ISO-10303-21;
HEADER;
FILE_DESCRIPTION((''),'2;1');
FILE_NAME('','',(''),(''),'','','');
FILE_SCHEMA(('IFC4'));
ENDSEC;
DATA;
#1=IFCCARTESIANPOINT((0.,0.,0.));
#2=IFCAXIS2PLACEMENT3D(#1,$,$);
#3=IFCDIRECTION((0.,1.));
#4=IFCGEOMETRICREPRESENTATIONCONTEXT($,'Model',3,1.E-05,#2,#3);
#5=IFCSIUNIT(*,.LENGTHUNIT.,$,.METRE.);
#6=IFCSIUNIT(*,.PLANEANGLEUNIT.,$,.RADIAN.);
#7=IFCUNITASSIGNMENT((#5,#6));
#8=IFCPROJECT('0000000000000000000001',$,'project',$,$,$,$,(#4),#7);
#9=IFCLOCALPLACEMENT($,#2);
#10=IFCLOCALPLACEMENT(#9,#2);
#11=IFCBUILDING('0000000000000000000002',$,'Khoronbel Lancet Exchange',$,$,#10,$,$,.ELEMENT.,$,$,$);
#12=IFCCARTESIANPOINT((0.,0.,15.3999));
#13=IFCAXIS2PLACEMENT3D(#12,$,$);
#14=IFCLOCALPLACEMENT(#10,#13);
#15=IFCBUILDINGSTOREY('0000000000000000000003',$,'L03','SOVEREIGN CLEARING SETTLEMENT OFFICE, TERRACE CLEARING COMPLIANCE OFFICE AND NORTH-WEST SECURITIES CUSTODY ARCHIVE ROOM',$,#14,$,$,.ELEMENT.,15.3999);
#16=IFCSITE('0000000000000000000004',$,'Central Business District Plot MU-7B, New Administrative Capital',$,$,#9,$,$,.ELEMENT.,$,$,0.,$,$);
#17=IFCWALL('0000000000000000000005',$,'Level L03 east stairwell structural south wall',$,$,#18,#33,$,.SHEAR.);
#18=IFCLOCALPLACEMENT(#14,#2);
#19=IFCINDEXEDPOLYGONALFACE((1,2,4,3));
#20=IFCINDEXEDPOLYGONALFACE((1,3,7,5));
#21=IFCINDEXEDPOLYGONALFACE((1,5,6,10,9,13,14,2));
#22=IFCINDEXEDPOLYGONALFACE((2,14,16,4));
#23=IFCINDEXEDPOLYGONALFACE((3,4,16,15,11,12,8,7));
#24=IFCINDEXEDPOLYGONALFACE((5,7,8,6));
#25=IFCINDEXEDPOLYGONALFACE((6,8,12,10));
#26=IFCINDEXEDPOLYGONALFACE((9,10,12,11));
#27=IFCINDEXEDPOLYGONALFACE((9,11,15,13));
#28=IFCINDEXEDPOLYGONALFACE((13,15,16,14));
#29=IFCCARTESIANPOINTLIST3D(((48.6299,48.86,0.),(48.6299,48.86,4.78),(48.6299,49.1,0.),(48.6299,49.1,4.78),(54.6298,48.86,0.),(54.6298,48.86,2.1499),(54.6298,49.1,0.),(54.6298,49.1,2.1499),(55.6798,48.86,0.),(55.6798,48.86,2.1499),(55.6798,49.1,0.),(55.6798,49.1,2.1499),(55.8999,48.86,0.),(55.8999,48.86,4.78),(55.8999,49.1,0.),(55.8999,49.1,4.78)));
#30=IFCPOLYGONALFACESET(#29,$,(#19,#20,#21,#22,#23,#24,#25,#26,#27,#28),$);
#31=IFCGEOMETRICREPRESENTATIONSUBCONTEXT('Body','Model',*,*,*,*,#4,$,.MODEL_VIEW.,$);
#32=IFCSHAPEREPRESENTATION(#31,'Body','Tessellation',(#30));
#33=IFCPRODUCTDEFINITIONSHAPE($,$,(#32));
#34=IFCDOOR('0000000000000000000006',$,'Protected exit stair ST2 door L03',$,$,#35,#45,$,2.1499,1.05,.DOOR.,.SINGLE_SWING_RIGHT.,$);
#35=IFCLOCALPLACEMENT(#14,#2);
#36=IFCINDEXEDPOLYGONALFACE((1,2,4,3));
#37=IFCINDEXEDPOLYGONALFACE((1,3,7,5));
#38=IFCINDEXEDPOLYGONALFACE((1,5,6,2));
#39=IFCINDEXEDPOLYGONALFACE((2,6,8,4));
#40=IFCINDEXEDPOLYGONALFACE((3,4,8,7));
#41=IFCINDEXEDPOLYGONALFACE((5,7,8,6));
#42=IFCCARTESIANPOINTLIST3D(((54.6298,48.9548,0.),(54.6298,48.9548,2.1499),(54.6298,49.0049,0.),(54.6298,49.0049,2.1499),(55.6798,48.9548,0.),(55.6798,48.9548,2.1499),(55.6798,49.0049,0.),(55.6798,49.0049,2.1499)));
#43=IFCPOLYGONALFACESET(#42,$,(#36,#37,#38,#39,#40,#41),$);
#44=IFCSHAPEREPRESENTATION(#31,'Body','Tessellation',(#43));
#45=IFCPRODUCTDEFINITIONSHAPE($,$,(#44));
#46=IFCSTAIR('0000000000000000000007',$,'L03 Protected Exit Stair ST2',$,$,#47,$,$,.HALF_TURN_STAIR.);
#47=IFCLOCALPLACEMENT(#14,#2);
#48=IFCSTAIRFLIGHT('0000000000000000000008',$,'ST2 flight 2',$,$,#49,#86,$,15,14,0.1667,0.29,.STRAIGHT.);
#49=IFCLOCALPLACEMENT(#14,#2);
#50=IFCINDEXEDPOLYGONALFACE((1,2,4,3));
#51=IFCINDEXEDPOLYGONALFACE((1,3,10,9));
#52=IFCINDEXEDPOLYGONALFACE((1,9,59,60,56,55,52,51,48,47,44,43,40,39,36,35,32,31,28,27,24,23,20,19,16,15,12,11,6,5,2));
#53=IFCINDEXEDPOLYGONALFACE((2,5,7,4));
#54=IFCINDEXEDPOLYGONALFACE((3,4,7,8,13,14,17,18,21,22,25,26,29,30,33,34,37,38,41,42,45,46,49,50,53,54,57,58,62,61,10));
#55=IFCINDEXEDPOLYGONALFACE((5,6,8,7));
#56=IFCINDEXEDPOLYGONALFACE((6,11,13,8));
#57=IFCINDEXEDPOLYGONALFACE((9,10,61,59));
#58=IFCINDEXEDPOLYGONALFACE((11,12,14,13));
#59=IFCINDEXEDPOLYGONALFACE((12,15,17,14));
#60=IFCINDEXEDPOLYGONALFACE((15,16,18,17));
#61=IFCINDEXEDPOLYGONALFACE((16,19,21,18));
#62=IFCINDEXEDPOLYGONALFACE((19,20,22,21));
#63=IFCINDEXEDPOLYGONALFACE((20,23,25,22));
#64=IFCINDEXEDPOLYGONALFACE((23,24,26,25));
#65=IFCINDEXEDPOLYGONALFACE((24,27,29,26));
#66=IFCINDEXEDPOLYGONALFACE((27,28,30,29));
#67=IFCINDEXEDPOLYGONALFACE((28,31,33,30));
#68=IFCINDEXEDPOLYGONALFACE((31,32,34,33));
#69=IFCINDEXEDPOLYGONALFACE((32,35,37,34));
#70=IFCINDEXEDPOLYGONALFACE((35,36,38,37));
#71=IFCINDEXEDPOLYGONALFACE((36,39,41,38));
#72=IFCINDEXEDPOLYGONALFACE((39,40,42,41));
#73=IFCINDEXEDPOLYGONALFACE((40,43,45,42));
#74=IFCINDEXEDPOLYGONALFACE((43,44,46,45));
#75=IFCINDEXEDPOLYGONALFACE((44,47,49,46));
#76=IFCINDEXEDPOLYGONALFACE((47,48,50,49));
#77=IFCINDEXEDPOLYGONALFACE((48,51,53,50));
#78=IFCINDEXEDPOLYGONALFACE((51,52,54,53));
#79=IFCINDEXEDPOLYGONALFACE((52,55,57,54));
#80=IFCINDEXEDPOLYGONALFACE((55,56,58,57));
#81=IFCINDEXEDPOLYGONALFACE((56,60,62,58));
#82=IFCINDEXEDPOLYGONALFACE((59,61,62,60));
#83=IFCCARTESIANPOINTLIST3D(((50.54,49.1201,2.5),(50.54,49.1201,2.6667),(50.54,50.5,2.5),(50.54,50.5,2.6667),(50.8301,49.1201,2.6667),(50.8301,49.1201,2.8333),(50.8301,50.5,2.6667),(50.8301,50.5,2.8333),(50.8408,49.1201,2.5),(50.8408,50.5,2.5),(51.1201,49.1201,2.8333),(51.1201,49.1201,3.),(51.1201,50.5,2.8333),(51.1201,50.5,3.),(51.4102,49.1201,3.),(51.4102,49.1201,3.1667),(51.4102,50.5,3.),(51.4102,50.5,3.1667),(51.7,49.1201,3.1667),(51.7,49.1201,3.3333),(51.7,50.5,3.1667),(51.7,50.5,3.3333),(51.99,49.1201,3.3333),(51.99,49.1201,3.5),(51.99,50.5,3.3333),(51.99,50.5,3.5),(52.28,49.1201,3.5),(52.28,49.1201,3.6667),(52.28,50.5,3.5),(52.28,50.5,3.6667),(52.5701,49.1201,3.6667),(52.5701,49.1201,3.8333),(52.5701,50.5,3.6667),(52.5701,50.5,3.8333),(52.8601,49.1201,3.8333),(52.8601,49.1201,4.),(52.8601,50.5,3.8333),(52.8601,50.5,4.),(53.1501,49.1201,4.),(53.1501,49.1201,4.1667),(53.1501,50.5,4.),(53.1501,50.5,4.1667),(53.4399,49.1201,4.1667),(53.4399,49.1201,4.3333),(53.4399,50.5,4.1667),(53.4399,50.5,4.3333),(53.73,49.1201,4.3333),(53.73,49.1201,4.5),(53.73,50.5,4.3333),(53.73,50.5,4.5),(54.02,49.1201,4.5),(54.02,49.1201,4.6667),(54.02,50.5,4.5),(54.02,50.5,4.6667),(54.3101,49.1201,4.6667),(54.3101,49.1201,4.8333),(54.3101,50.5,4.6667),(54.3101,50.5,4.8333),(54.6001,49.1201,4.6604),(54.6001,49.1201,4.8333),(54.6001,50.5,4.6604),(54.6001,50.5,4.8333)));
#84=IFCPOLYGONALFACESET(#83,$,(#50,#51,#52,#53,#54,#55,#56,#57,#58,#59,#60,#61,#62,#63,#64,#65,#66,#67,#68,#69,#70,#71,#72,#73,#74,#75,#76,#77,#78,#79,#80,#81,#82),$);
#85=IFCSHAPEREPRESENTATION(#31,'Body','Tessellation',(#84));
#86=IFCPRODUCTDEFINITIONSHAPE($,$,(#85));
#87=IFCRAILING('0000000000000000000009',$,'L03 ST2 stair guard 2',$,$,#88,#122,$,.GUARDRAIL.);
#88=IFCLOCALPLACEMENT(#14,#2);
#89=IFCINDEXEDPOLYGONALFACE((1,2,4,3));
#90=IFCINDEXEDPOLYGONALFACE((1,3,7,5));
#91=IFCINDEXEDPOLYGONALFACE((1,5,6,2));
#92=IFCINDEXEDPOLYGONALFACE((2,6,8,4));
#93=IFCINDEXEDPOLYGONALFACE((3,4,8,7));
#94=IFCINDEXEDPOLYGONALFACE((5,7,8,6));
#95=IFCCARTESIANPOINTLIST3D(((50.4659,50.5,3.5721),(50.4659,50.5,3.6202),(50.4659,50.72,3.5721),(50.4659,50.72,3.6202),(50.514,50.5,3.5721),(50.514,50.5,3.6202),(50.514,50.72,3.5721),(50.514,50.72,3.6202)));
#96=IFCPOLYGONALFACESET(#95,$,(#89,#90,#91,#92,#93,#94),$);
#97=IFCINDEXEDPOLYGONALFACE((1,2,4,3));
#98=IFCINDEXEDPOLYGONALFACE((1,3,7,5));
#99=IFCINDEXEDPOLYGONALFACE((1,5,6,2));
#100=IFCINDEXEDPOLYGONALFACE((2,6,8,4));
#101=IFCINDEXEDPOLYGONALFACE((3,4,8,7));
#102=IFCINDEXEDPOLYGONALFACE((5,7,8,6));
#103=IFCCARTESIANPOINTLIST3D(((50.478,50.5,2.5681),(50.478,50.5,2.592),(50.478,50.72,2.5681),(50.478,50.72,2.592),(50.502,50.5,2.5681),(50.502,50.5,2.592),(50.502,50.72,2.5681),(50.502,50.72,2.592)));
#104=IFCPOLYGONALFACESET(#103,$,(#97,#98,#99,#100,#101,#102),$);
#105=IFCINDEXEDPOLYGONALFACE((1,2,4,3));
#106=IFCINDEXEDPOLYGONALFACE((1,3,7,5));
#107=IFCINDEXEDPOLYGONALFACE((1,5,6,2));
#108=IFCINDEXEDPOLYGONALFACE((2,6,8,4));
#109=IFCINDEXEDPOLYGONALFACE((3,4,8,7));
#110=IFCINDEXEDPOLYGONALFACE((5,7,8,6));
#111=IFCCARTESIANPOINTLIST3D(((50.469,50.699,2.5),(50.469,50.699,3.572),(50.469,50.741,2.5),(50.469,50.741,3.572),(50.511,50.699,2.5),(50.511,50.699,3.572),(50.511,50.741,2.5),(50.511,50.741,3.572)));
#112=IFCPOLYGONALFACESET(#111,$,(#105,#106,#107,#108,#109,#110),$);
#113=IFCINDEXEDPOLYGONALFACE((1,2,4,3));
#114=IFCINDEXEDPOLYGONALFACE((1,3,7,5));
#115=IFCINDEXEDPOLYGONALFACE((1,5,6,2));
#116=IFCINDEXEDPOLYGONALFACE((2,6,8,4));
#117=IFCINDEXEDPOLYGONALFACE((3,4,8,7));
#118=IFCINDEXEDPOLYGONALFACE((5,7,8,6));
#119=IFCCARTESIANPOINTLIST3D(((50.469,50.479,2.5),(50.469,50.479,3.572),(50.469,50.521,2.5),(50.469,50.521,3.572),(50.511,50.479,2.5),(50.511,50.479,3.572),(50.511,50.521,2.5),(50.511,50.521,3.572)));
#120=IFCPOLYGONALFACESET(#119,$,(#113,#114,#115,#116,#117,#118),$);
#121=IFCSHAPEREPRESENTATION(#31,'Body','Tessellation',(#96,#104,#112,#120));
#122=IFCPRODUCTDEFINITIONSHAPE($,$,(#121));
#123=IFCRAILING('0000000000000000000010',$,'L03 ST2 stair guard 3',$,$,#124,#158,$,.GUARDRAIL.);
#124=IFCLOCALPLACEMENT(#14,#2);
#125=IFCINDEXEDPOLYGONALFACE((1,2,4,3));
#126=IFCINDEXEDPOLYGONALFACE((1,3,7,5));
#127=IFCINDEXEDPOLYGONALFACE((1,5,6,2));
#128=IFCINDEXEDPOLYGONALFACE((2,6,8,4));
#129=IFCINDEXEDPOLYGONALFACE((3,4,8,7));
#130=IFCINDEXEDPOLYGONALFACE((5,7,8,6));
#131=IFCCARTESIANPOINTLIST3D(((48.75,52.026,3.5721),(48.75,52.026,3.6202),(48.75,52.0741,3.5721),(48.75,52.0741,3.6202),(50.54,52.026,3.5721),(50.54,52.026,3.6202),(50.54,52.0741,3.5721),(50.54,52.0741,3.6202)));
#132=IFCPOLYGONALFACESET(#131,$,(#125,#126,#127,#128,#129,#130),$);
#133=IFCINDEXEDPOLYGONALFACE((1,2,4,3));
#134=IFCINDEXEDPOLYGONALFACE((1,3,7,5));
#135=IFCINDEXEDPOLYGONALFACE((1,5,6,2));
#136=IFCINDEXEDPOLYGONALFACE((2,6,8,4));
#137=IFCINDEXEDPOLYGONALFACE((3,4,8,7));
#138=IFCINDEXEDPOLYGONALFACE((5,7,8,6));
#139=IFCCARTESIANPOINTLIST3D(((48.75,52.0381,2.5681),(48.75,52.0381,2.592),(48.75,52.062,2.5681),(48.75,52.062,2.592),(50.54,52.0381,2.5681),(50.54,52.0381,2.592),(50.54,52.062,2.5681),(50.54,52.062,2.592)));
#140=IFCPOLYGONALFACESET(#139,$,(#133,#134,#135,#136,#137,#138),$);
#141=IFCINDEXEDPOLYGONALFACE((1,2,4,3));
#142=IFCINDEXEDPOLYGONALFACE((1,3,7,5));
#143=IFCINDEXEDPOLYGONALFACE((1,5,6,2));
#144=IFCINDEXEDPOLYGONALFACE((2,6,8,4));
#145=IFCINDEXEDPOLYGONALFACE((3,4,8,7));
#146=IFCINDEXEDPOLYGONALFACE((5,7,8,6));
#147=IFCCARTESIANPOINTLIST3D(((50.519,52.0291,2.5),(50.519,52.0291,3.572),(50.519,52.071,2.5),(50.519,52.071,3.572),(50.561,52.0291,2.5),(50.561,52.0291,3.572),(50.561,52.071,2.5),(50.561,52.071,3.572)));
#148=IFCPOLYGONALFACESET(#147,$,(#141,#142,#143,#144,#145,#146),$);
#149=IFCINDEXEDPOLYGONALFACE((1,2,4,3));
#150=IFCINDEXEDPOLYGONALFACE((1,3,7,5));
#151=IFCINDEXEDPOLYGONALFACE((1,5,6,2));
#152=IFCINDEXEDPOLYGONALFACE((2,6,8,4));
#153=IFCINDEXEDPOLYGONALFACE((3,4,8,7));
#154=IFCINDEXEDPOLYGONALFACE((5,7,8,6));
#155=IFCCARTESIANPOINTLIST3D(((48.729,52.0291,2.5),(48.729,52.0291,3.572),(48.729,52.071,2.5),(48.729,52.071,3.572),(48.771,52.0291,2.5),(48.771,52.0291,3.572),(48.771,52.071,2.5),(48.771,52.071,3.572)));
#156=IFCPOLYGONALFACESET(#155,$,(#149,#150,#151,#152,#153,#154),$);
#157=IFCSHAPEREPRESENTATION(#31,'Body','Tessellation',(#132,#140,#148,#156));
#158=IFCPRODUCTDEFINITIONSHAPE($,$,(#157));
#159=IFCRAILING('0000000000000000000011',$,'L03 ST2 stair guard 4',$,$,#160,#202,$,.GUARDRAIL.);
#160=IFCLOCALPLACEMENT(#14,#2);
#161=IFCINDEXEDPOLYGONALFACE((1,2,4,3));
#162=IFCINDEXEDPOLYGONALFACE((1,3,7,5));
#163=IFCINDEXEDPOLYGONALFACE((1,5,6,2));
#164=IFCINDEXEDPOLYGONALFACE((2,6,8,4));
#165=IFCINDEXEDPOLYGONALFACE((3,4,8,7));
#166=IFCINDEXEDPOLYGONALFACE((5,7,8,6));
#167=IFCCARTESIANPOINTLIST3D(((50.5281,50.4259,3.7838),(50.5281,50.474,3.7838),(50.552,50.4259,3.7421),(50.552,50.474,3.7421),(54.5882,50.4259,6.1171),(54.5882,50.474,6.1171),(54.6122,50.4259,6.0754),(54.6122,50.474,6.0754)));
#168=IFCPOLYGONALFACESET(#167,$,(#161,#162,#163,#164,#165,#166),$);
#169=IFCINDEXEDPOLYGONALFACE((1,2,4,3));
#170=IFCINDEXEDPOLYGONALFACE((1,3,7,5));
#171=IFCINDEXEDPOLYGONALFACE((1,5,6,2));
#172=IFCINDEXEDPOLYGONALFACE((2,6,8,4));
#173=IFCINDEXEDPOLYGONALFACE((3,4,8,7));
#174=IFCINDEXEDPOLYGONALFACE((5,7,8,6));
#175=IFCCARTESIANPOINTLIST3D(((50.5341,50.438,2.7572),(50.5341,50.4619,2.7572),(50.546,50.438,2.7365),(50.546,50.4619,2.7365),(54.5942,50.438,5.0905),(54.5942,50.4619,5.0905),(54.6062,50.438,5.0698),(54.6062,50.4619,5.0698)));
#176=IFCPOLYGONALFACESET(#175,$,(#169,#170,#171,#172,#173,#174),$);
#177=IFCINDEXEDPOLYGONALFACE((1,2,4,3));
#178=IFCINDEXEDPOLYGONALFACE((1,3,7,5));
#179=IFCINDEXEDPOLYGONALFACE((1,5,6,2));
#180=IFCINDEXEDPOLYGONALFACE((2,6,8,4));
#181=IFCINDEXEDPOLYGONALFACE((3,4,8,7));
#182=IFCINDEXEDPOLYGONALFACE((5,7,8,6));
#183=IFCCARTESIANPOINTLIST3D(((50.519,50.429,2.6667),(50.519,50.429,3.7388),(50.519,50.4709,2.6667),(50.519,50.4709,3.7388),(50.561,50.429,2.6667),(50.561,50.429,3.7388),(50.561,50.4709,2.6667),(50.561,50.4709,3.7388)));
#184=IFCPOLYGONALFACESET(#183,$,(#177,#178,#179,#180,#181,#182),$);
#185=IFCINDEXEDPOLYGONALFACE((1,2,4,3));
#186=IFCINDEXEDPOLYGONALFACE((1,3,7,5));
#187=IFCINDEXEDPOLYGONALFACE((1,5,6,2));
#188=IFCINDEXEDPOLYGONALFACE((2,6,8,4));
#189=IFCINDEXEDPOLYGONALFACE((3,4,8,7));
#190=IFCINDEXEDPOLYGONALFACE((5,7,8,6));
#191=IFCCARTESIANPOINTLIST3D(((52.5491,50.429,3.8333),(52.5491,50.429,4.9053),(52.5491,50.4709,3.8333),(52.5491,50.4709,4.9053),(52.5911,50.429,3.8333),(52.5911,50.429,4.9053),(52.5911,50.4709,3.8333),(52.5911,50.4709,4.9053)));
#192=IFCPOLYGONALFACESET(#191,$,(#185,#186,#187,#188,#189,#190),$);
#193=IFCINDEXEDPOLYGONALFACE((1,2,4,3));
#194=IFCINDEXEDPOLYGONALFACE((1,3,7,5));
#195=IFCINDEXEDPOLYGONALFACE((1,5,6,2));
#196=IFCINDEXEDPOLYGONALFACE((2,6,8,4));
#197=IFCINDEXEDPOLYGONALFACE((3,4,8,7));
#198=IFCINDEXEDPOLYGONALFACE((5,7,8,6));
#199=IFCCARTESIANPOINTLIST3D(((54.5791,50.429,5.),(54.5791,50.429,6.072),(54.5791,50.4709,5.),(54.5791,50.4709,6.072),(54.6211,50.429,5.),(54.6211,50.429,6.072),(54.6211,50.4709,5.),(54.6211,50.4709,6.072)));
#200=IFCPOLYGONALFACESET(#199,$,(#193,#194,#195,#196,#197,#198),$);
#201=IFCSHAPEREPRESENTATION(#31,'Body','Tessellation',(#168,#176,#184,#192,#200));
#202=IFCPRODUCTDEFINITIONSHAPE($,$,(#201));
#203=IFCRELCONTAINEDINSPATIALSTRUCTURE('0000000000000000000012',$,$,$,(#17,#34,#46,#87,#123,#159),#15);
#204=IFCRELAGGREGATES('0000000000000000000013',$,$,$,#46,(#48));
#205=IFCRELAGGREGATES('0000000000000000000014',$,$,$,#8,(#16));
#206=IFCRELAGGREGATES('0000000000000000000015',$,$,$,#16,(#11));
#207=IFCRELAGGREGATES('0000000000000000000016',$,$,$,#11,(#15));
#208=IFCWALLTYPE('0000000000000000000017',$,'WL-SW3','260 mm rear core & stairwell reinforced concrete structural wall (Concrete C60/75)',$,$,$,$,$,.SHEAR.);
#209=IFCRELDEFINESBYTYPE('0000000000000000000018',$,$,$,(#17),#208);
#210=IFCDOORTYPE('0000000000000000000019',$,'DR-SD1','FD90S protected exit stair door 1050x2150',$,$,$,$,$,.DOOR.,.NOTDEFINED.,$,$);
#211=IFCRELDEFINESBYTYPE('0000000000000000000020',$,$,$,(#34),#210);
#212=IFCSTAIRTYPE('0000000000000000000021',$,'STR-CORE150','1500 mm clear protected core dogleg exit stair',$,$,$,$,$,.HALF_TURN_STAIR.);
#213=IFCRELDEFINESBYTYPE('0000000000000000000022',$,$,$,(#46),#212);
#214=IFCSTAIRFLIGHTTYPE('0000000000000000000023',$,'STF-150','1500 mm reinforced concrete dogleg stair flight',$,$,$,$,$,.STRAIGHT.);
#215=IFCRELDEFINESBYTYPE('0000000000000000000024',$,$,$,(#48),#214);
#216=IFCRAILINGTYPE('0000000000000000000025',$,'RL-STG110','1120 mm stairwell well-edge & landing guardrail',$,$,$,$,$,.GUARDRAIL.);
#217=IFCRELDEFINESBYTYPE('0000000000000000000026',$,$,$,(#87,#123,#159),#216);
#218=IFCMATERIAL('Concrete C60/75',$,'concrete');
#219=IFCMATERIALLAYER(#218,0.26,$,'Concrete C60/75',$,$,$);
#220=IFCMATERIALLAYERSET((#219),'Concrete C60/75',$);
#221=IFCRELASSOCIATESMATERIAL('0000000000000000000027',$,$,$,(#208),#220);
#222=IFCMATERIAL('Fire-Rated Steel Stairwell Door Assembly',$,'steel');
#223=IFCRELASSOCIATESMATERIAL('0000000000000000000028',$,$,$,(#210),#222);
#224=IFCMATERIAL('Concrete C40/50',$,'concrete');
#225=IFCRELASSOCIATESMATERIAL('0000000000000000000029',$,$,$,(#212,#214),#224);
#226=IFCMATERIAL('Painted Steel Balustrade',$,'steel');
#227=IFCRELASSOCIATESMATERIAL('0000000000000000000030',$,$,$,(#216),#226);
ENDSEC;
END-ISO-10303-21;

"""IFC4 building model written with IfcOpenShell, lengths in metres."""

from ifc_helpers import new_model, si_unit, direction, frame, frame_2d, origin, origin_2d, place, context, subcontext, project, spatial, polyline, rectangle, outline, extrude, material, layer, layer_set, type_object, element, fill, aggregate, save


model = new_model("IFC4")

# Units and contexts
model_context = context("Model", 3, precision=1e-05, world=origin(), true_north=direction((0.0, 1.0)))
body_context = subcontext(model_context, "Body", "Model", "MODEL_VIEW")
ifc_project = project(units=[si_unit("LENGTHUNIT", "METRE"), si_unit("PLANEANGLEUNIT", "RADIAN")], contexts=[model_context])

# Site, building, storey
site_placement = place(None, origin())
site = spatial("IfcSite", under=ifc_project, at=site_placement, Name="Central Business District Plot MU-7B, New Administrative Capital", CompositionType="ELEMENT", RefElevation=0.0)
building_placement = place(site_placement, origin())
building = spatial("IfcBuilding", under=site, at=building_placement, Name="Khoronbel Lancet Exchange", CompositionType="ELEMENT")
storey_placement = place(building_placement, frame((0.0, 0.0, 15.3999)))
storey = spatial("IfcBuildingStorey", under=building, at=storey_placement, Name="L03", Description="SOVEREIGN CLEARING SETTLEMENT OFFICE, TERRACE CLEARING COMPLIANCE OFFICE AND NORTH-WEST SECURITIES CUSTODY ARCHIVE ROOM", CompositionType="ELEMENT", Elevation=15.3999)

# Wall, opening, door
ifc_material_1 = material(Name="Concrete C60/75", Category="concrete")
ifc_layer_1 = layer(ifc_material_1, 0.26, Name="Concrete C60/75")
ifc_layer_set_1 = layer_set([ifc_layer_1], Name="Concrete C60/75")
wall_type_1 = type_object("IfcWallType", Name="WL-SW3", Description="260 mm rear core & stairwell reinforced concrete structural wall (Concrete C60/75)", PredefinedType="SHEAR", material=ifc_layer_set_1)
wall_1_placement = place(storey_placement, frame((48.6299, 48.98, 0.0), z_axis=(0.0, 0.0, 1.0), x_axis=(1.0, 0.0, 0.0)))
wall_1 = element("IfcWall", 1, at=wall_1_placement, inside=storey, type_object=wall_type_1, Name="Level L03 east stairwell structural south wall", PredefinedType="SHEAR", context=body_context, shape_type="SweptSolid", body=[
    extrude(rectangle(XDim=7.27, YDim=0.24, at=frame_2d((3.635, 0.0))), origin(), (0.0, 0.0, 1.0), 4.78),
])
opening_1_placement = place(wall_1_placement, frame((6.0, 0.0, 0.0)))
opening_1 = element("IfcOpeningElement", 2, at=opening_1_placement, cuts=wall_1, PredefinedType="OPENING", context=body_context, shape_type="SweptSolid", body=[
    extrude(rectangle(XDim=1.05, YDim=2.1499, at=frame_2d((0.5249, 1.075))), frame((0.0, 0.1299, 0.0), z_axis=(0.0, -1.0, 0.0), x_axis=(1.0, 0.0, 0.0)), (0.0, 0.0, 1.0), 0.26),
])
ifc_material_2 = material(Name="Fire-Rated Steel Stairwell Door Assembly", Category="steel")
door_type_1 = type_object("IfcDoorType", Name="DR-SD1", Description="FD90S protected exit stair door 1050x2150", OperationType="NOTDEFINED", PredefinedType="DOOR", material=ifc_material_2)
door_1_placement = place(opening_1_placement, origin())
door_1 = element("IfcDoor", 3, at=door_1_placement, inside=storey, type_object=door_type_1, Name="Protected exit stair ST2 door L03", OperationType="SINGLE_SWING_RIGHT", OverallHeight=2.1499, OverallWidth=1.05, PredefinedType="DOOR", context=body_context, shape_type="SweptSolid", body=[
    extrude(rectangle(XDim=1.05, YDim=2.1499, at=frame_2d((0.5249, 1.075))), frame((0.0, 0.0249, 0.0), z_axis=(0.0, -1.0, 0.0), x_axis=(1.0, 0.0, 0.0)), (0.0, 0.0, 1.0), 0.05),
])
fill(opening_1, door_1)

# Stair, stair flight
ifc_material_3 = material(Name="Concrete C40/50", Category="concrete")
stair_type = type_object("IfcStairType", Name="STR-CORE150", Description="1500 mm clear protected core dogleg exit stair", PredefinedType="HALF_TURN_STAIR", material=ifc_material_3)
stair_placement = place(storey_placement, origin())
stair = element("IfcStair", 4, at=stair_placement, inside=storey, type_object=stair_type, Name="L03 Protected Exit Stair ST2", PredefinedType="HALF_TURN_STAIR")
stair_flight_type = type_object("IfcStairFlightType", Name="STF-150", Description="1500 mm reinforced concrete dogleg stair flight", PredefinedType="STRAIGHT", material=ifc_material_3)
stair_flight_placement = place(storey_placement, frame((50.54, 49.8101, 2.5), z_axis=(0.0, 0.0, 1.0), x_axis=(1.0, 0.0, 0.0)))
stair_flight = element("IfcStairFlight", 5, at=stair_flight_placement, type_object=stair_flight_type, Name="ST2 flight 2", NumberOfRisers=15, NumberOfTreads=14, PredefinedType="STRAIGHT", RiserHeight=0.1667, TreadLength=0.29, context=body_context, shape_type="SweptSolid", body=[
    extrude(outline(polyline([(0.0, 0.0), (0.0, 0.1667), (0.29, 0.1667), (0.29, 0.3333), (0.5801, 0.3333), (0.5801, 0.5), (0.8701, 0.5), (0.8701, 0.6667), (1.1599, 0.6667), (1.1599, 0.8333), (1.45, 0.8333), (1.45, 1.0), (1.74, 1.0), (1.74, 1.1667), (2.03, 1.1667), (2.03, 1.3333), (2.3201, 1.3333), (2.3201, 1.5), (2.6101, 1.5), (2.6101, 1.6667), (2.8999, 1.6667), (2.8999, 1.8333), (3.1899, 1.8333), (3.1899, 2.0), (3.48, 2.0), (3.48, 2.1667), (3.77, 2.1667), (3.77, 2.3333), (4.0601, 2.3333), (4.0601, 2.5), (4.0601, 2.1604), (0.3008, 0.0), (0.0, 0.0)])), frame((0.0, 0.6899, 0.0), z_axis=(0.0, -1.0, 0.0), x_axis=(1.0, 0.0, 0.0)), (0.0, 0.0, 1.0), 1.3799),
])
aggregate(stair, [stair_flight])

# Railings
ifc_material_4 = material(Name="Painted Steel Balustrade", Category="steel")
railing_type_1 = type_object("IfcRailingType", Name="RL-STG110", Description="1120 mm stairwell well-edge & landing guardrail", PredefinedType="GUARDRAIL", material=ifc_material_4)
railing_1_placement = place(storey_placement, frame((50.49, 50.72, 2.5)))
element("IfcRailing", 6, at=railing_1_placement, inside=storey, type_object=railing_type_1, Name="L03 ST2 stair guard 2", PredefinedType="GUARDRAIL", context=body_context, shape_type="SweptSolid", body=[
    extrude(rectangle(XDim=0.0481, YDim=0.0481, at=origin_2d()), frame((0.0, 0.0, 1.0962), z_axis=(0.0, -1.0, 0.0), x_axis=(1.0, 0.0, 0.0)), (0.0, 0.0, 1.0), 0.22),
    extrude(rectangle(XDim=0.0239, YDim=0.0239, at=origin_2d()), frame((0.0, 0.0, 0.0801), z_axis=(0.0, -1.0, 0.0), x_axis=(1.0, 0.0, 0.0)), (0.0, 0.0, 1.0), 0.22),
    extrude(rectangle(XDim=0.042, YDim=0.042, at=origin_2d()), origin(), (0.0, 0.0, 1.0), 1.072),
    extrude(rectangle(XDim=0.042, YDim=0.042, at=origin_2d()), frame((0.0, -0.22, 0.0)), (0.0, 0.0, 1.0), 1.072),
])
railing_2_placement = place(storey_placement, frame((50.54, 52.05, 2.5)))
element("IfcRailing", 7, at=railing_2_placement, inside=storey, type_object=railing_type_1, Name="L03 ST2 stair guard 3", PredefinedType="GUARDRAIL", context=body_context, shape_type="SweptSolid", body=[
    extrude(rectangle(XDim=0.0481, YDim=0.0481, at=origin_2d()), frame((0.0, 0.0, 1.0962), z_axis=(-1.0, 0.0, 0.0), x_axis=(0.0, -1.0, 0.0)), (0.0, 0.0, 1.0), 1.79),
    extrude(rectangle(XDim=0.0239, YDim=0.0239, at=origin_2d()), frame((0.0, 0.0, 0.0801), z_axis=(-1.0, 0.0, 0.0), x_axis=(0.0, -1.0, 0.0)), (0.0, 0.0, 1.0), 1.79),
    extrude(rectangle(XDim=0.042, YDim=0.042, at=origin_2d()), origin(), (0.0, 0.0, 1.0), 1.072),
    extrude(rectangle(XDim=0.042, YDim=0.042, at=origin_2d()), frame((-1.79, 0.0, 0.0)), (0.0, 0.0, 1.0), 1.072),
])
railing_3_placement = place(storey_placement, frame((50.54, 50.45, 2.6667)))
element("IfcRailing", 8, at=railing_3_placement, inside=storey, type_object=railing_type_1, Name="L03 ST2 stair guard 4", PredefinedType="GUARDRAIL", context=body_context, shape_type="SweptSolid", body=[
    extrude(rectangle(XDim=0.0481, YDim=0.0481, at=origin_2d()), frame((0.0, 0.0, 1.0962), z_axis=(0.867025, 0.0, 0.498265), x_axis=(0.0, 1.0, 0.0)), (0.0, 0.0, 1.0), 4.6829),
    extrude(rectangle(XDim=0.0239, YDim=0.0239, at=origin_2d()), frame((0.0, 0.0, 0.0801), z_axis=(0.867025, 0.0, 0.498265), x_axis=(0.0, 1.0, 0.0)), (0.0, 0.0, 1.0), 4.6829),
    extrude(rectangle(XDim=0.042, YDim=0.042, at=origin_2d()), origin(), (0.0, 0.0, 1.0), 1.072),
    extrude(rectangle(XDim=0.042, YDim=0.042, at=origin_2d()), frame((2.03, 0.0, 1.1665)), (0.0, 0.0, 1.0), 1.072),
    extrude(rectangle(XDim=0.042, YDim=0.042, at=origin_2d()), frame((4.0601, 0.0, 2.3333)), (0.0, 0.0, 1.0), 1.072),
])

save(model, "model.ifc")
